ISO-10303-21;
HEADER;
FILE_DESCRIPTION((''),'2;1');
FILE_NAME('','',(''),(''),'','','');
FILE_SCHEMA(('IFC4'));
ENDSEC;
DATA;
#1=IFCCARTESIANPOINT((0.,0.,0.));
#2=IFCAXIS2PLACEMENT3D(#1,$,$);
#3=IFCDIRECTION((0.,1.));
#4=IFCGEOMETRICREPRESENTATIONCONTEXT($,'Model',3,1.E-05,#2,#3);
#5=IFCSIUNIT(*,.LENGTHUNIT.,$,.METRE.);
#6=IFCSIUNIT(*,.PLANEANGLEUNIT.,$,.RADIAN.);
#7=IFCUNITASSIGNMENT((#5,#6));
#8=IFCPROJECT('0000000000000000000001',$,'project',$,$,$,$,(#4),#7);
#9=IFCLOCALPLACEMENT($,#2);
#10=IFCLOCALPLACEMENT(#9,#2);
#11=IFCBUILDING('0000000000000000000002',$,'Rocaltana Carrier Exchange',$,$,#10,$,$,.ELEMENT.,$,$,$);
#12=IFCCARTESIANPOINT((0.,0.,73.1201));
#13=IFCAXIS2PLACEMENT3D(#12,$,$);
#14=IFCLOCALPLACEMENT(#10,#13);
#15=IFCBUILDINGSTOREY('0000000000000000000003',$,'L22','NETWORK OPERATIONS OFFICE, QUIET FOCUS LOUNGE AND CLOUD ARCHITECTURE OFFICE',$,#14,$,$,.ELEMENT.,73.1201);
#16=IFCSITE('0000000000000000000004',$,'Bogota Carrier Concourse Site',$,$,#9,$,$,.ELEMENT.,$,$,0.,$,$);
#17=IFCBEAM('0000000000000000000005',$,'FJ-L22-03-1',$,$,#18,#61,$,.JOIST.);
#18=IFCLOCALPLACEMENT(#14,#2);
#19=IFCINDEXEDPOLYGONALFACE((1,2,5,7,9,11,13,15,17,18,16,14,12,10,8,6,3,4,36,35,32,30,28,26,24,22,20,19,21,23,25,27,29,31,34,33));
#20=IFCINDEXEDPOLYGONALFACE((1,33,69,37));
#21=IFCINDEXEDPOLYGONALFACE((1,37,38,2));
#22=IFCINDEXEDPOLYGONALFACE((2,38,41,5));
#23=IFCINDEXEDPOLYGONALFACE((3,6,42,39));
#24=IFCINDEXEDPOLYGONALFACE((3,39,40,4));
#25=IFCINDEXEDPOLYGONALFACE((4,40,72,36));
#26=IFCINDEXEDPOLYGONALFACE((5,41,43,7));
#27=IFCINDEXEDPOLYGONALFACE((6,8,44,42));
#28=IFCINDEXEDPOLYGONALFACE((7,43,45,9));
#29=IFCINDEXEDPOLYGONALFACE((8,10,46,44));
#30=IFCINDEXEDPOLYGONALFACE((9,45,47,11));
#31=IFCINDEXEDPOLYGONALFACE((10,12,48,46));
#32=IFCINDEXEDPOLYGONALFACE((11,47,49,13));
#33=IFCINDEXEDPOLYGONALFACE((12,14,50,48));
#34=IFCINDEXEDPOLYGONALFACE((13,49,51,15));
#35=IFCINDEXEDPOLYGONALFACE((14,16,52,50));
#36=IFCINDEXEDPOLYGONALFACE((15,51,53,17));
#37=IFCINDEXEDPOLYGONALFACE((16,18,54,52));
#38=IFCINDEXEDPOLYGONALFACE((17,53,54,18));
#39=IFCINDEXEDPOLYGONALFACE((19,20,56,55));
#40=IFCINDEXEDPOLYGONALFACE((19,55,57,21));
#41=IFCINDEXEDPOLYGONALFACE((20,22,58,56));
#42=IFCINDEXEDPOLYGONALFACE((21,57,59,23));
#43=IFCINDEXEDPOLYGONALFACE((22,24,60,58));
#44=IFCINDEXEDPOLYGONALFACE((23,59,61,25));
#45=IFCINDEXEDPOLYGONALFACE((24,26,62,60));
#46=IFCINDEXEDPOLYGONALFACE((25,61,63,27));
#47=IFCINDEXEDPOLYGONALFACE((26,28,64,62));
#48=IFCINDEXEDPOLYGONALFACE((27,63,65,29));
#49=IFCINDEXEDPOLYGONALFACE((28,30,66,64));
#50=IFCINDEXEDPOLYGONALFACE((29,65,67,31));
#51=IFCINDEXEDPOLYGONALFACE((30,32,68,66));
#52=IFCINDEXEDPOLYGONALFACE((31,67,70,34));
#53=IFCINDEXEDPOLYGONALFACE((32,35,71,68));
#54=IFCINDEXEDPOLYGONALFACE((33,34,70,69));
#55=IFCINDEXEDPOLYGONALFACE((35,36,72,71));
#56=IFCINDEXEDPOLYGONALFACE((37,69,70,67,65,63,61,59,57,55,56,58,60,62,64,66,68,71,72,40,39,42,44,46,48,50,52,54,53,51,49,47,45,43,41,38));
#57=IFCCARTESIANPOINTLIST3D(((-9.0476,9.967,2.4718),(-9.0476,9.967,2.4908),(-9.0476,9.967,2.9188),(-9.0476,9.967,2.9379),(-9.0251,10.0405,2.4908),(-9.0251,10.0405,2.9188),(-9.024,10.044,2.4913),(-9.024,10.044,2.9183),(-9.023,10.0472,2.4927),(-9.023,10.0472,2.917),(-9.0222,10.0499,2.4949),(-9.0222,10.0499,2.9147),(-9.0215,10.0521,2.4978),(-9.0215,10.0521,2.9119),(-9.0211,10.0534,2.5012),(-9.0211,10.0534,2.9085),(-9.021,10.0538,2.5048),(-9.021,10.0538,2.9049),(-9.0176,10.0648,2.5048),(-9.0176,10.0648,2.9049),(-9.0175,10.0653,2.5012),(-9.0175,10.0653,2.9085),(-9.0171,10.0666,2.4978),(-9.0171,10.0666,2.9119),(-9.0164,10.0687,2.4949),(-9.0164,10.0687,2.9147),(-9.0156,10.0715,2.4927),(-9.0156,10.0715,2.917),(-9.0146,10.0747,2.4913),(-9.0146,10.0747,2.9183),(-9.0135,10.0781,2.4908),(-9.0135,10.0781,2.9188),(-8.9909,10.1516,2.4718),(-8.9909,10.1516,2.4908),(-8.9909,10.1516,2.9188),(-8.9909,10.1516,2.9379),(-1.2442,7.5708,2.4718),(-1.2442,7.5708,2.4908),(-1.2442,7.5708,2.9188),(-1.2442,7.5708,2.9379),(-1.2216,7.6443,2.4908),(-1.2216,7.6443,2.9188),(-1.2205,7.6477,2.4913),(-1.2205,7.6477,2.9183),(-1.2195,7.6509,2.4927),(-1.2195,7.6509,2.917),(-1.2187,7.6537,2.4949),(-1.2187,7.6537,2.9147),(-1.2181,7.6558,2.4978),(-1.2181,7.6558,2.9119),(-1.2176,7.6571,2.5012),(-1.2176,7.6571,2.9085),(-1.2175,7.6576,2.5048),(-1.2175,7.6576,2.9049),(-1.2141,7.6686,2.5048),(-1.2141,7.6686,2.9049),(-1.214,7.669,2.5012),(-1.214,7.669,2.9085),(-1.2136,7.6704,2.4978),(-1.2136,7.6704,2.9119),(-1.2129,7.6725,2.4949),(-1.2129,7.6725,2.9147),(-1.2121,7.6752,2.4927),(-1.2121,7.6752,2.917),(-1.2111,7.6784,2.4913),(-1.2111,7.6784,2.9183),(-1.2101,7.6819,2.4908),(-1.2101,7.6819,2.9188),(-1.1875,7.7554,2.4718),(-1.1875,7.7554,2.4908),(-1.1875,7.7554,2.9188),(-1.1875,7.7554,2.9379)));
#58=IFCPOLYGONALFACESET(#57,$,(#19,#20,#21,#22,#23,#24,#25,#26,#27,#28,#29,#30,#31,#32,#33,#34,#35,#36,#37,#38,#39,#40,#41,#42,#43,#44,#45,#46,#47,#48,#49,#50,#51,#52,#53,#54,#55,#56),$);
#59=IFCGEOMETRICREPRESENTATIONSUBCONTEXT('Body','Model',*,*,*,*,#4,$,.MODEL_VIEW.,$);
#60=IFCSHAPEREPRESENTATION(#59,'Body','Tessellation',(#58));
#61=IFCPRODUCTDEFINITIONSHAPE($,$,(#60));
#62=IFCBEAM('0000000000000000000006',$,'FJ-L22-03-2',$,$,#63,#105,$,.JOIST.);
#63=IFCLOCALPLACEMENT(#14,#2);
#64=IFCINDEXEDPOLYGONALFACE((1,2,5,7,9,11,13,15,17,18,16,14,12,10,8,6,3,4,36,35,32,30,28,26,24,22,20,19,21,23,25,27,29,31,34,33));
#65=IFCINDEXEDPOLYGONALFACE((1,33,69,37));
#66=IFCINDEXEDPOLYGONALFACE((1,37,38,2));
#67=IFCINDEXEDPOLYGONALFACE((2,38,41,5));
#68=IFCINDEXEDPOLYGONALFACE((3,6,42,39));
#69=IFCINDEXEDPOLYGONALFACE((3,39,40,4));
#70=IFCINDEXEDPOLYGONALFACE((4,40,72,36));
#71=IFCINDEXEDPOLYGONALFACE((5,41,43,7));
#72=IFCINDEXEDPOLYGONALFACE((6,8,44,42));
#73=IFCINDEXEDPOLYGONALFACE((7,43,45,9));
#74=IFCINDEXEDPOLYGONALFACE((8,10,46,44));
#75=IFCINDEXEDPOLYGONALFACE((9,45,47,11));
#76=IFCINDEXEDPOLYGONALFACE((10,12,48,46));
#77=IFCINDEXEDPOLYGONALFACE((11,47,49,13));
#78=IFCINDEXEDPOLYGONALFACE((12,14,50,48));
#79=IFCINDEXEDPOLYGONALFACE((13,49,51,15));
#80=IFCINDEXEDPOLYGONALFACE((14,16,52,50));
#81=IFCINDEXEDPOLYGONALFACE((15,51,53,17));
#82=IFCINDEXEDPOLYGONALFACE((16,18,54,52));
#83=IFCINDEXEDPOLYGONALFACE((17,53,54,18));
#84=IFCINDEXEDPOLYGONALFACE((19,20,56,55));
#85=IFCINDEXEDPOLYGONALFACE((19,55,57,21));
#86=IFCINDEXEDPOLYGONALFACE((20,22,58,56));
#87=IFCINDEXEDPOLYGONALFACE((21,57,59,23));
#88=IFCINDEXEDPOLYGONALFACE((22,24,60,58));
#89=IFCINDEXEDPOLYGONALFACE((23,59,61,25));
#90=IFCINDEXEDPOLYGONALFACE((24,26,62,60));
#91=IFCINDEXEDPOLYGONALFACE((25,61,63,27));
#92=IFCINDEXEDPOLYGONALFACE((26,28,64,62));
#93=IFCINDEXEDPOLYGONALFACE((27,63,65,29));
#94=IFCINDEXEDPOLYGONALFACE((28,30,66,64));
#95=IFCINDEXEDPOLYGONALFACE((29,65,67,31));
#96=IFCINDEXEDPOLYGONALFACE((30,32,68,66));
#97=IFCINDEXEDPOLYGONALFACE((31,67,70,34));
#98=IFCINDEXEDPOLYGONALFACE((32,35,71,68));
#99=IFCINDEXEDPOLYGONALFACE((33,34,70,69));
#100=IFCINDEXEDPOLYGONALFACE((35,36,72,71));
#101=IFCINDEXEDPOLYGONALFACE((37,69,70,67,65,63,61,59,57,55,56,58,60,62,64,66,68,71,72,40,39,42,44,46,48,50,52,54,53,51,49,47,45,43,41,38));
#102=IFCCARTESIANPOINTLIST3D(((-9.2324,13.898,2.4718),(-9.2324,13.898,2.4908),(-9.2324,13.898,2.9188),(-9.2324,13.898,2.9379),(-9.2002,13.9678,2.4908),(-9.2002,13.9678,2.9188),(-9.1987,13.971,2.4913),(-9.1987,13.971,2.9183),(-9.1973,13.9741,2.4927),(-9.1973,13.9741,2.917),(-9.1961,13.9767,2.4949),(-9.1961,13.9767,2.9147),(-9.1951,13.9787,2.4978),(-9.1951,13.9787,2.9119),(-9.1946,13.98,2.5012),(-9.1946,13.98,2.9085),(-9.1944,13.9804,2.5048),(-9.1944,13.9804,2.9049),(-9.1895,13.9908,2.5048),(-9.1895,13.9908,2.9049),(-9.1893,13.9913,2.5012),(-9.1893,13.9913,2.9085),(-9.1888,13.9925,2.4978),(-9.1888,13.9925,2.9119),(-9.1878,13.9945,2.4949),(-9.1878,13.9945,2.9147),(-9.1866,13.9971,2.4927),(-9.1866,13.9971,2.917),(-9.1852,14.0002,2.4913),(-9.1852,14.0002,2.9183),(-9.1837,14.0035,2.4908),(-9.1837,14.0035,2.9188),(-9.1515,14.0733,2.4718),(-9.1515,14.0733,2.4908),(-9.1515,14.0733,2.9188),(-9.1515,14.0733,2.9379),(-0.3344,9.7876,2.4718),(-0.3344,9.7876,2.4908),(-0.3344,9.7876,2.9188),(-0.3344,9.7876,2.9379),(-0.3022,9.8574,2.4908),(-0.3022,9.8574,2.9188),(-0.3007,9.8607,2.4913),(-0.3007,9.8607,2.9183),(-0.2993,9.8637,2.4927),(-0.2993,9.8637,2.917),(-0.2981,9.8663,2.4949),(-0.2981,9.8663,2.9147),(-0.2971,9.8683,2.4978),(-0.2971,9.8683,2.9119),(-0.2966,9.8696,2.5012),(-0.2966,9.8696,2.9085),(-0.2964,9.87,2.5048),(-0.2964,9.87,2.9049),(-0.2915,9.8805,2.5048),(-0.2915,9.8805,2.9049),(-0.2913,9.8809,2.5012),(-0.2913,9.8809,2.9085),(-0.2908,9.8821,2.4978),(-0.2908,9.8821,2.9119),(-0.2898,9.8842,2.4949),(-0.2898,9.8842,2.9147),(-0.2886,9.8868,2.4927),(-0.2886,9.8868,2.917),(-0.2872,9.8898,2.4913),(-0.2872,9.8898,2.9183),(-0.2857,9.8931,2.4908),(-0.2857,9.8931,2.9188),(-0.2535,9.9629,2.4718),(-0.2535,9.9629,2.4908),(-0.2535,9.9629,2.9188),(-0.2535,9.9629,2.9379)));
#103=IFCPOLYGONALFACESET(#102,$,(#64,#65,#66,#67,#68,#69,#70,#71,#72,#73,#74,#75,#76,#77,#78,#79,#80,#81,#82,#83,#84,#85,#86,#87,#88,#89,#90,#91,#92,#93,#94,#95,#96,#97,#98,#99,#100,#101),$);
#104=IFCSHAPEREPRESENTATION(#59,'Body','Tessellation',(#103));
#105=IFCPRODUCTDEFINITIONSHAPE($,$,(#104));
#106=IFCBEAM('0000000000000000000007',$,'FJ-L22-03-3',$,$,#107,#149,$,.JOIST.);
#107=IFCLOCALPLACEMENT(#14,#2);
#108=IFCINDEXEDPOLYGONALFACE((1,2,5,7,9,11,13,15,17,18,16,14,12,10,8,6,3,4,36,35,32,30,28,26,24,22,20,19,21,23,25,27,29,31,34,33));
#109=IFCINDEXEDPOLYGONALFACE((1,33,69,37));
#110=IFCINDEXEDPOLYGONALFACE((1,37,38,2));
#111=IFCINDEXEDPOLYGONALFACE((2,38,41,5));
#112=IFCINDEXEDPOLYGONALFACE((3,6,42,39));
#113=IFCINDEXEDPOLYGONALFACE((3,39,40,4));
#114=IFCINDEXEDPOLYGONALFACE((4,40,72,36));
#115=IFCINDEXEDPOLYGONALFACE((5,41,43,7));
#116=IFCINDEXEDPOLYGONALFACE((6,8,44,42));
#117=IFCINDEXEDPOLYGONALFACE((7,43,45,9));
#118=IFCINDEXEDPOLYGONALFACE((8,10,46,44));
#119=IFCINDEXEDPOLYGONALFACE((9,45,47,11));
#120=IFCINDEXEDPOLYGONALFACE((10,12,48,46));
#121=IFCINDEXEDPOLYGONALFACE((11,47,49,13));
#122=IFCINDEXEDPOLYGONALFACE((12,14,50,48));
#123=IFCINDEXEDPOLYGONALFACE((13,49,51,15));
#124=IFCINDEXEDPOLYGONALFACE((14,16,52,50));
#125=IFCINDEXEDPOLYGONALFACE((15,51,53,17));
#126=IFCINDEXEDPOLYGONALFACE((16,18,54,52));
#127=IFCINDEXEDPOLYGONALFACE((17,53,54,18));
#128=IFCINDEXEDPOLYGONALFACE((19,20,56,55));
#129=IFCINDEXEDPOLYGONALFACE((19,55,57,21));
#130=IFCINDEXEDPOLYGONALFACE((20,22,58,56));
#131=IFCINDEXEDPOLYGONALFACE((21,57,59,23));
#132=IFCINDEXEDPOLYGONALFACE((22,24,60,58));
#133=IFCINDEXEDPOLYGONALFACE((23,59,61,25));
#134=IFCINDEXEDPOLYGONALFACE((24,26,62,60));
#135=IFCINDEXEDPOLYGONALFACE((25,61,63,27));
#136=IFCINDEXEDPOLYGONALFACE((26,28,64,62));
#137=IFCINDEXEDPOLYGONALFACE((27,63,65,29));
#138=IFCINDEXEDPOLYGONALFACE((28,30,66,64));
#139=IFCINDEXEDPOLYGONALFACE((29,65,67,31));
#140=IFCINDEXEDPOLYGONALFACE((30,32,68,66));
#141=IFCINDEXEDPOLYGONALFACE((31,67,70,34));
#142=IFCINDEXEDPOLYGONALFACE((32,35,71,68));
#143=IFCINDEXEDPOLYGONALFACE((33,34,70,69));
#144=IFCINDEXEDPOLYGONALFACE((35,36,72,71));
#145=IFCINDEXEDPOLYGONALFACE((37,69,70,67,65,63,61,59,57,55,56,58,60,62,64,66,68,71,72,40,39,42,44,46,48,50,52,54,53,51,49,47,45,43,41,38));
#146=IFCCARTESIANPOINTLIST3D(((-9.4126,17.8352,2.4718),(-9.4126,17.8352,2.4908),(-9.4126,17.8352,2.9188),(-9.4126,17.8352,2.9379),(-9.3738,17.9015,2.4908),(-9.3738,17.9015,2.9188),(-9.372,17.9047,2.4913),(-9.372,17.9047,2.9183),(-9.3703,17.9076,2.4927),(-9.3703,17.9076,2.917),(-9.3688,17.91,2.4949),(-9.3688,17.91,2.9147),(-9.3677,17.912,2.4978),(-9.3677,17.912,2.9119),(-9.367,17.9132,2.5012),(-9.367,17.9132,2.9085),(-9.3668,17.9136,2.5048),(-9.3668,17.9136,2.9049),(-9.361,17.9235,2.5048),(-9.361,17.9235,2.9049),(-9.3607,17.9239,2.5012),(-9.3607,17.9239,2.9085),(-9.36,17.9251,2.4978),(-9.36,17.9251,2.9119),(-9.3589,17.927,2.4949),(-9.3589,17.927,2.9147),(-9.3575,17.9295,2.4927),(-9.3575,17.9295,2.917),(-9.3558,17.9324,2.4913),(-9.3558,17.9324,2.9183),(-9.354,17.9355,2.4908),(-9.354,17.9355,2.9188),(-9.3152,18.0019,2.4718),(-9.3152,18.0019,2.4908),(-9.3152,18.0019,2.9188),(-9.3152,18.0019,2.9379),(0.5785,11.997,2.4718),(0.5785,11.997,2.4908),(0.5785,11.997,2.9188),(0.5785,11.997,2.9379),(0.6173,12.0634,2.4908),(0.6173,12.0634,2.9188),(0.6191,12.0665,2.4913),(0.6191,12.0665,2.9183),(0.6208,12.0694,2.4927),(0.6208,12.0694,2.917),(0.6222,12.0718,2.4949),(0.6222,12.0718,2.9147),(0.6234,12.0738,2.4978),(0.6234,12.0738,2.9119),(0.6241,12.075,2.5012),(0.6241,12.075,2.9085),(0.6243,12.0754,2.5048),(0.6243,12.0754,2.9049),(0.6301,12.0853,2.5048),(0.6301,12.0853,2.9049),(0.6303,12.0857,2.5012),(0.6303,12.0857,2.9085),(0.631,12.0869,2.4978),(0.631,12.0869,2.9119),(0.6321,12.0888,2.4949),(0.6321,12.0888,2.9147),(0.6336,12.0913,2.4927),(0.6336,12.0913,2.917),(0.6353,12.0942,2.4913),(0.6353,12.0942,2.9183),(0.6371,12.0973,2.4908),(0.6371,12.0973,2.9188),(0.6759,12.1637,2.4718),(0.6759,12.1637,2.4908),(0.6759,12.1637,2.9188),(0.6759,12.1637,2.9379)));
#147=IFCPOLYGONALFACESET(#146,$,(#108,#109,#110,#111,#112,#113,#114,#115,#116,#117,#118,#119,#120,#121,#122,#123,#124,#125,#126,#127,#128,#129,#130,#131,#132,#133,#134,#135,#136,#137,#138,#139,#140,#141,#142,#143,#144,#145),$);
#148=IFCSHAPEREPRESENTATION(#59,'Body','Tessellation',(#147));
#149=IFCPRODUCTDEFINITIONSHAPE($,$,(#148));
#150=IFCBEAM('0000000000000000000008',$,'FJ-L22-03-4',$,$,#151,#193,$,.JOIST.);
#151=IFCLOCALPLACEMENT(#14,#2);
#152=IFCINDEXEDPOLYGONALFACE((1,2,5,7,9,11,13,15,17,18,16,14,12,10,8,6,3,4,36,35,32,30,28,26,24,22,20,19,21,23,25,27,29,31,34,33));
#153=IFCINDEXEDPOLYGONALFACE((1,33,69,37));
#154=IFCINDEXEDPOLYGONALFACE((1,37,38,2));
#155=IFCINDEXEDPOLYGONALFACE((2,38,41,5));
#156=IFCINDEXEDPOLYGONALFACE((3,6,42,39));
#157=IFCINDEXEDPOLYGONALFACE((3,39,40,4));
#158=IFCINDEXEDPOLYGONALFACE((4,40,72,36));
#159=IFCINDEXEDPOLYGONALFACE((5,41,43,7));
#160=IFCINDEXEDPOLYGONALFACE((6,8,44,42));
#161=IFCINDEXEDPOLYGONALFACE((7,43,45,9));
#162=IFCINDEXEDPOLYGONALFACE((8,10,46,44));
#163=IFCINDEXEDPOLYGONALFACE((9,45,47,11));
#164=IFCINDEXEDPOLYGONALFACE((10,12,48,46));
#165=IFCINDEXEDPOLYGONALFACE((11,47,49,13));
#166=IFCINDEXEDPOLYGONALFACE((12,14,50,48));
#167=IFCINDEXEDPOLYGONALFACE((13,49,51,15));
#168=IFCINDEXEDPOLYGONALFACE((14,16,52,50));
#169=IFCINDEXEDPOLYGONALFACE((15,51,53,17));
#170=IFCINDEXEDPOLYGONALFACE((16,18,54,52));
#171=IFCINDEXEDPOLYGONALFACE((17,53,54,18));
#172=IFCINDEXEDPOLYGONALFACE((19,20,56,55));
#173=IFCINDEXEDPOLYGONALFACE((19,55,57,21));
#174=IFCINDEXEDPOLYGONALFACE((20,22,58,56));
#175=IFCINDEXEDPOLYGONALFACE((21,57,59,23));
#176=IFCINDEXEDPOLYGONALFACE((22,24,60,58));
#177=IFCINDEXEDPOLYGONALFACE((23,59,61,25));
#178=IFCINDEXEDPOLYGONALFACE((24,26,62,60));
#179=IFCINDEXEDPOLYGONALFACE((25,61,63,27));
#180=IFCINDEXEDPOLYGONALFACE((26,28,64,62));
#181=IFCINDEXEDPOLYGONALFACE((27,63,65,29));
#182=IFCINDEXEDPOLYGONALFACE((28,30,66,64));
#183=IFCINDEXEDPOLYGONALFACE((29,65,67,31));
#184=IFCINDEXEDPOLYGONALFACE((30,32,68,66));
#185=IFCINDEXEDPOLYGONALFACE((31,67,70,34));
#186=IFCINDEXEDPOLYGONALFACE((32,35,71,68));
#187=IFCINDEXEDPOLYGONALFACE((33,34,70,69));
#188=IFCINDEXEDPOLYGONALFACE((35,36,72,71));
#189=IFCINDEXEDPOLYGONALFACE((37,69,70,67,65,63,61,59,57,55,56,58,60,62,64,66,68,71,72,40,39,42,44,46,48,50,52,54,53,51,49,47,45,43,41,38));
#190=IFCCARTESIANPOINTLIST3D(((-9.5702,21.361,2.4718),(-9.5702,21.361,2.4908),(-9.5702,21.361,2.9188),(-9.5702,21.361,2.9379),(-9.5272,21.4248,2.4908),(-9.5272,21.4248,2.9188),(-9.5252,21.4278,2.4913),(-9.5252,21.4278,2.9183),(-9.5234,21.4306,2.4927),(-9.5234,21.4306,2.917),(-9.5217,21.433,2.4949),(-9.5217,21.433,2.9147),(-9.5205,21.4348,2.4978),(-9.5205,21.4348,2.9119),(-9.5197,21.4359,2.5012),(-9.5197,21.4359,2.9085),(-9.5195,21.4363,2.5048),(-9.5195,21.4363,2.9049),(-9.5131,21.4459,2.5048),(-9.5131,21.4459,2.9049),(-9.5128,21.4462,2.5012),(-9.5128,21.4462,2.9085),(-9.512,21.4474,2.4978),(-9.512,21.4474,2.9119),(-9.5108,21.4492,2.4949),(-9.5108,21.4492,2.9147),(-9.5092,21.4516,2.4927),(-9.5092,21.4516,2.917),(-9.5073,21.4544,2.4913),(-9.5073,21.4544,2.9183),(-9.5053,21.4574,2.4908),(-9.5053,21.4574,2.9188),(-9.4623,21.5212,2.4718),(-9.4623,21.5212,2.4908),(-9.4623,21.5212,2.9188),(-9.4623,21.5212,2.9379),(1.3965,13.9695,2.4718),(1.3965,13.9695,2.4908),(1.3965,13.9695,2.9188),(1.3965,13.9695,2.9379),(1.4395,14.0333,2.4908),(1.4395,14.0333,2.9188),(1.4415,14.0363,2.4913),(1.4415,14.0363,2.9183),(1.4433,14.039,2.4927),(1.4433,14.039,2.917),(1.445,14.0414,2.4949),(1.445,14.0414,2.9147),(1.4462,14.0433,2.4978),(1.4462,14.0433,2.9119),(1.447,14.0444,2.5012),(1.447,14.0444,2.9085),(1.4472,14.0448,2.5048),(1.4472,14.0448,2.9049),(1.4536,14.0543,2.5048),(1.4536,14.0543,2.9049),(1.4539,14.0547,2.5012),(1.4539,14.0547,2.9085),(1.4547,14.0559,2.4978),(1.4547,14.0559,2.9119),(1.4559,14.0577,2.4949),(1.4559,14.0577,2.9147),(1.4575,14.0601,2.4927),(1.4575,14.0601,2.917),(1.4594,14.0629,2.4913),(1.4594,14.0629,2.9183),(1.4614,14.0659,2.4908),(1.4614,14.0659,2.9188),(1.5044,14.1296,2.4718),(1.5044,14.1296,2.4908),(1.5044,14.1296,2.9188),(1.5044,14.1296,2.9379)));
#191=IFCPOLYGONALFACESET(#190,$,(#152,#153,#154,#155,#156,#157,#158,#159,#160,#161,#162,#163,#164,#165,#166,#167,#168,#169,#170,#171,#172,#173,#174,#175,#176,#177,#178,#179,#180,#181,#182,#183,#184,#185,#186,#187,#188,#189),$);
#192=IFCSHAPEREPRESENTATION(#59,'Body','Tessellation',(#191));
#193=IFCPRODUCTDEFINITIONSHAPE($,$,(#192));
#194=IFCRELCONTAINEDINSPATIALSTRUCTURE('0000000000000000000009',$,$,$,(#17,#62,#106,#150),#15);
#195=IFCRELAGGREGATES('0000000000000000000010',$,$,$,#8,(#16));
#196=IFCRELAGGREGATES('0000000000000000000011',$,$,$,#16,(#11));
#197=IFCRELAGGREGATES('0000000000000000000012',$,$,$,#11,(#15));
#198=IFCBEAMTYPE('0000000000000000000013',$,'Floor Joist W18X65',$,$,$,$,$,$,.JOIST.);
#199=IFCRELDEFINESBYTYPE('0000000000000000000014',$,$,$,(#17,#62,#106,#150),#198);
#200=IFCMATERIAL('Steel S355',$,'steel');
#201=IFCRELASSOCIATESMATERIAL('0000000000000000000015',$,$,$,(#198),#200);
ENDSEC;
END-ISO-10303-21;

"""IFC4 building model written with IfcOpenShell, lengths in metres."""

from ifc_helpers import new_model, si_unit, direction, frame, origin, origin_2d, place, context, subcontext, project, spatial, i_section, extrude, material, material_profile, profile_set, type_object, element, save


model = new_model("IFC4")

# Units and contexts
model_context = context("Model", 3, precision=1e-05, world=origin(), true_north=direction((0.0, 1.0)))
body_context = subcontext(model_context, "Body", "Model", "MODEL_VIEW")
ifc_project = project(units=[si_unit("LENGTHUNIT", "METRE"), si_unit("PLANEANGLEUNIT", "RADIAN")], contexts=[model_context])

# Site, building, storey
site_placement = place(None, origin())
site = spatial("IfcSite", under=ifc_project, at=site_placement, Name="Bogota Carrier Concourse Site", CompositionType="ELEMENT", RefElevation=0.0)
building_placement = place(site_placement, origin())
building = spatial("IfcBuilding", under=site, at=building_placement, Name="Rocaltana Carrier Exchange", CompositionType="ELEMENT")
storey_placement = place(building_placement, frame((0.0, 0.0, 73.1201)))
storey = spatial("IfcBuildingStorey", under=building, at=storey_placement, Name="L22", Description="NETWORK OPERATIONS OFFICE, QUIET FOCUS LOUNGE AND CLOUD ARCHITECTURE OFFICE", CompositionType="ELEMENT", Elevation=73.1201)

# Beams
ifc_material_1 = material(Name="Steel S355", Category="steel")
ifc_material_profile_1 = material_profile(ifc_material_1, i_section(OverallWidth=0.1931, OverallDepth=0.4661, WebThickness=0.0115, FlangeThickness=0.019, FilletRadius=0.0139, at=origin_2d()), Name="W18X65")
ifc_profile_set_1 = profile_set([ifc_material_profile_1], Name="Steel S355")
beam_type_1 = type_object("IfcBeamType", Name="Floor Joist W18X65", PredefinedType="JOIST", material=ifc_profile_set_1)
beam_1_placement = place(storey_placement, frame((-1.2158, 7.6631, 2.7048), z_axis=(-0.955945, 0.293546, 0.0), x_axis=(-0.293546, -0.955945, 0.0)))
element("IfcBeam", 1, at=beam_1_placement, inside=storey, type_object=beam_type_1, Name="FJ-L22-03-1", PredefinedType="JOIST", context=body_context, shape_type="SweptSolid", body=[
    extrude(i_section(OverallWidth=0.1931, OverallDepth=0.4661, WebThickness=0.0115, FlangeThickness=0.019, FilletRadius=0.0139, at=origin_2d()), origin(), (0.0, 0.0, 1.0), 8.1631),
])
beam_2_placement = place(storey_placement, frame((-0.2939, 9.8752, 2.7048), z_axis=(-0.907819, 0.419361, 0.0), x_axis=(-0.419361, -0.907819, 0.0)))
element("IfcBeam", 2, at=beam_2_placement, inside=storey, type_object=beam_type_1, Name="FJ-L22-03-2", PredefinedType="JOIST", context=body_context, shape_type="SweptSolid", body=[
    extrude(i_section(OverallWidth=0.1931, OverallDepth=0.4661, WebThickness=0.0115, FlangeThickness=0.019, FilletRadius=0.0139, at=origin_2d()), origin(), (0.0, 0.0, 1.0), 9.8015),
])
beam_3_placement = place(storey_placement, frame((0.6272, 12.0803, 2.7048), z_axis=(-0.8634, 0.50452, 0.0), x_axis=(-0.50452, -0.8634, 0.0)))
element("IfcBeam", 3, at=beam_3_placement, inside=storey, type_object=beam_type_1, Name="FJ-L22-03-3", PredefinedType="JOIST", context=body_context, shape_type="SweptSolid", body=[
    extrude(i_section(OverallWidth=0.1931, OverallDepth=0.4661, WebThickness=0.0115, FlangeThickness=0.019, FilletRadius=0.0139, at=origin_2d()), origin(), (0.0, 0.0, 1.0), 11.5718),
])
beam_4_placement = place(storey_placement, frame((1.4504, 14.0496, 2.7048), z_axis=(-0.829234, 0.558902, 0.0), x_axis=(-0.558902, -0.829234, 0.0)))
element("IfcBeam", 4, at=beam_4_placement, inside=storey, type_object=beam_type_1, Name="FJ-L22-03-4", PredefinedType="JOIST", context=body_context, shape_type="SweptSolid", body=[
    extrude(i_section(OverallWidth=0.1931, OverallDepth=0.4661, WebThickness=0.0115, FlangeThickness=0.019, FilletRadius=0.0139, at=origin_2d()), origin(), (0.0, 0.0, 1.0), 13.2251),
])

save(model, "model.ifc")
